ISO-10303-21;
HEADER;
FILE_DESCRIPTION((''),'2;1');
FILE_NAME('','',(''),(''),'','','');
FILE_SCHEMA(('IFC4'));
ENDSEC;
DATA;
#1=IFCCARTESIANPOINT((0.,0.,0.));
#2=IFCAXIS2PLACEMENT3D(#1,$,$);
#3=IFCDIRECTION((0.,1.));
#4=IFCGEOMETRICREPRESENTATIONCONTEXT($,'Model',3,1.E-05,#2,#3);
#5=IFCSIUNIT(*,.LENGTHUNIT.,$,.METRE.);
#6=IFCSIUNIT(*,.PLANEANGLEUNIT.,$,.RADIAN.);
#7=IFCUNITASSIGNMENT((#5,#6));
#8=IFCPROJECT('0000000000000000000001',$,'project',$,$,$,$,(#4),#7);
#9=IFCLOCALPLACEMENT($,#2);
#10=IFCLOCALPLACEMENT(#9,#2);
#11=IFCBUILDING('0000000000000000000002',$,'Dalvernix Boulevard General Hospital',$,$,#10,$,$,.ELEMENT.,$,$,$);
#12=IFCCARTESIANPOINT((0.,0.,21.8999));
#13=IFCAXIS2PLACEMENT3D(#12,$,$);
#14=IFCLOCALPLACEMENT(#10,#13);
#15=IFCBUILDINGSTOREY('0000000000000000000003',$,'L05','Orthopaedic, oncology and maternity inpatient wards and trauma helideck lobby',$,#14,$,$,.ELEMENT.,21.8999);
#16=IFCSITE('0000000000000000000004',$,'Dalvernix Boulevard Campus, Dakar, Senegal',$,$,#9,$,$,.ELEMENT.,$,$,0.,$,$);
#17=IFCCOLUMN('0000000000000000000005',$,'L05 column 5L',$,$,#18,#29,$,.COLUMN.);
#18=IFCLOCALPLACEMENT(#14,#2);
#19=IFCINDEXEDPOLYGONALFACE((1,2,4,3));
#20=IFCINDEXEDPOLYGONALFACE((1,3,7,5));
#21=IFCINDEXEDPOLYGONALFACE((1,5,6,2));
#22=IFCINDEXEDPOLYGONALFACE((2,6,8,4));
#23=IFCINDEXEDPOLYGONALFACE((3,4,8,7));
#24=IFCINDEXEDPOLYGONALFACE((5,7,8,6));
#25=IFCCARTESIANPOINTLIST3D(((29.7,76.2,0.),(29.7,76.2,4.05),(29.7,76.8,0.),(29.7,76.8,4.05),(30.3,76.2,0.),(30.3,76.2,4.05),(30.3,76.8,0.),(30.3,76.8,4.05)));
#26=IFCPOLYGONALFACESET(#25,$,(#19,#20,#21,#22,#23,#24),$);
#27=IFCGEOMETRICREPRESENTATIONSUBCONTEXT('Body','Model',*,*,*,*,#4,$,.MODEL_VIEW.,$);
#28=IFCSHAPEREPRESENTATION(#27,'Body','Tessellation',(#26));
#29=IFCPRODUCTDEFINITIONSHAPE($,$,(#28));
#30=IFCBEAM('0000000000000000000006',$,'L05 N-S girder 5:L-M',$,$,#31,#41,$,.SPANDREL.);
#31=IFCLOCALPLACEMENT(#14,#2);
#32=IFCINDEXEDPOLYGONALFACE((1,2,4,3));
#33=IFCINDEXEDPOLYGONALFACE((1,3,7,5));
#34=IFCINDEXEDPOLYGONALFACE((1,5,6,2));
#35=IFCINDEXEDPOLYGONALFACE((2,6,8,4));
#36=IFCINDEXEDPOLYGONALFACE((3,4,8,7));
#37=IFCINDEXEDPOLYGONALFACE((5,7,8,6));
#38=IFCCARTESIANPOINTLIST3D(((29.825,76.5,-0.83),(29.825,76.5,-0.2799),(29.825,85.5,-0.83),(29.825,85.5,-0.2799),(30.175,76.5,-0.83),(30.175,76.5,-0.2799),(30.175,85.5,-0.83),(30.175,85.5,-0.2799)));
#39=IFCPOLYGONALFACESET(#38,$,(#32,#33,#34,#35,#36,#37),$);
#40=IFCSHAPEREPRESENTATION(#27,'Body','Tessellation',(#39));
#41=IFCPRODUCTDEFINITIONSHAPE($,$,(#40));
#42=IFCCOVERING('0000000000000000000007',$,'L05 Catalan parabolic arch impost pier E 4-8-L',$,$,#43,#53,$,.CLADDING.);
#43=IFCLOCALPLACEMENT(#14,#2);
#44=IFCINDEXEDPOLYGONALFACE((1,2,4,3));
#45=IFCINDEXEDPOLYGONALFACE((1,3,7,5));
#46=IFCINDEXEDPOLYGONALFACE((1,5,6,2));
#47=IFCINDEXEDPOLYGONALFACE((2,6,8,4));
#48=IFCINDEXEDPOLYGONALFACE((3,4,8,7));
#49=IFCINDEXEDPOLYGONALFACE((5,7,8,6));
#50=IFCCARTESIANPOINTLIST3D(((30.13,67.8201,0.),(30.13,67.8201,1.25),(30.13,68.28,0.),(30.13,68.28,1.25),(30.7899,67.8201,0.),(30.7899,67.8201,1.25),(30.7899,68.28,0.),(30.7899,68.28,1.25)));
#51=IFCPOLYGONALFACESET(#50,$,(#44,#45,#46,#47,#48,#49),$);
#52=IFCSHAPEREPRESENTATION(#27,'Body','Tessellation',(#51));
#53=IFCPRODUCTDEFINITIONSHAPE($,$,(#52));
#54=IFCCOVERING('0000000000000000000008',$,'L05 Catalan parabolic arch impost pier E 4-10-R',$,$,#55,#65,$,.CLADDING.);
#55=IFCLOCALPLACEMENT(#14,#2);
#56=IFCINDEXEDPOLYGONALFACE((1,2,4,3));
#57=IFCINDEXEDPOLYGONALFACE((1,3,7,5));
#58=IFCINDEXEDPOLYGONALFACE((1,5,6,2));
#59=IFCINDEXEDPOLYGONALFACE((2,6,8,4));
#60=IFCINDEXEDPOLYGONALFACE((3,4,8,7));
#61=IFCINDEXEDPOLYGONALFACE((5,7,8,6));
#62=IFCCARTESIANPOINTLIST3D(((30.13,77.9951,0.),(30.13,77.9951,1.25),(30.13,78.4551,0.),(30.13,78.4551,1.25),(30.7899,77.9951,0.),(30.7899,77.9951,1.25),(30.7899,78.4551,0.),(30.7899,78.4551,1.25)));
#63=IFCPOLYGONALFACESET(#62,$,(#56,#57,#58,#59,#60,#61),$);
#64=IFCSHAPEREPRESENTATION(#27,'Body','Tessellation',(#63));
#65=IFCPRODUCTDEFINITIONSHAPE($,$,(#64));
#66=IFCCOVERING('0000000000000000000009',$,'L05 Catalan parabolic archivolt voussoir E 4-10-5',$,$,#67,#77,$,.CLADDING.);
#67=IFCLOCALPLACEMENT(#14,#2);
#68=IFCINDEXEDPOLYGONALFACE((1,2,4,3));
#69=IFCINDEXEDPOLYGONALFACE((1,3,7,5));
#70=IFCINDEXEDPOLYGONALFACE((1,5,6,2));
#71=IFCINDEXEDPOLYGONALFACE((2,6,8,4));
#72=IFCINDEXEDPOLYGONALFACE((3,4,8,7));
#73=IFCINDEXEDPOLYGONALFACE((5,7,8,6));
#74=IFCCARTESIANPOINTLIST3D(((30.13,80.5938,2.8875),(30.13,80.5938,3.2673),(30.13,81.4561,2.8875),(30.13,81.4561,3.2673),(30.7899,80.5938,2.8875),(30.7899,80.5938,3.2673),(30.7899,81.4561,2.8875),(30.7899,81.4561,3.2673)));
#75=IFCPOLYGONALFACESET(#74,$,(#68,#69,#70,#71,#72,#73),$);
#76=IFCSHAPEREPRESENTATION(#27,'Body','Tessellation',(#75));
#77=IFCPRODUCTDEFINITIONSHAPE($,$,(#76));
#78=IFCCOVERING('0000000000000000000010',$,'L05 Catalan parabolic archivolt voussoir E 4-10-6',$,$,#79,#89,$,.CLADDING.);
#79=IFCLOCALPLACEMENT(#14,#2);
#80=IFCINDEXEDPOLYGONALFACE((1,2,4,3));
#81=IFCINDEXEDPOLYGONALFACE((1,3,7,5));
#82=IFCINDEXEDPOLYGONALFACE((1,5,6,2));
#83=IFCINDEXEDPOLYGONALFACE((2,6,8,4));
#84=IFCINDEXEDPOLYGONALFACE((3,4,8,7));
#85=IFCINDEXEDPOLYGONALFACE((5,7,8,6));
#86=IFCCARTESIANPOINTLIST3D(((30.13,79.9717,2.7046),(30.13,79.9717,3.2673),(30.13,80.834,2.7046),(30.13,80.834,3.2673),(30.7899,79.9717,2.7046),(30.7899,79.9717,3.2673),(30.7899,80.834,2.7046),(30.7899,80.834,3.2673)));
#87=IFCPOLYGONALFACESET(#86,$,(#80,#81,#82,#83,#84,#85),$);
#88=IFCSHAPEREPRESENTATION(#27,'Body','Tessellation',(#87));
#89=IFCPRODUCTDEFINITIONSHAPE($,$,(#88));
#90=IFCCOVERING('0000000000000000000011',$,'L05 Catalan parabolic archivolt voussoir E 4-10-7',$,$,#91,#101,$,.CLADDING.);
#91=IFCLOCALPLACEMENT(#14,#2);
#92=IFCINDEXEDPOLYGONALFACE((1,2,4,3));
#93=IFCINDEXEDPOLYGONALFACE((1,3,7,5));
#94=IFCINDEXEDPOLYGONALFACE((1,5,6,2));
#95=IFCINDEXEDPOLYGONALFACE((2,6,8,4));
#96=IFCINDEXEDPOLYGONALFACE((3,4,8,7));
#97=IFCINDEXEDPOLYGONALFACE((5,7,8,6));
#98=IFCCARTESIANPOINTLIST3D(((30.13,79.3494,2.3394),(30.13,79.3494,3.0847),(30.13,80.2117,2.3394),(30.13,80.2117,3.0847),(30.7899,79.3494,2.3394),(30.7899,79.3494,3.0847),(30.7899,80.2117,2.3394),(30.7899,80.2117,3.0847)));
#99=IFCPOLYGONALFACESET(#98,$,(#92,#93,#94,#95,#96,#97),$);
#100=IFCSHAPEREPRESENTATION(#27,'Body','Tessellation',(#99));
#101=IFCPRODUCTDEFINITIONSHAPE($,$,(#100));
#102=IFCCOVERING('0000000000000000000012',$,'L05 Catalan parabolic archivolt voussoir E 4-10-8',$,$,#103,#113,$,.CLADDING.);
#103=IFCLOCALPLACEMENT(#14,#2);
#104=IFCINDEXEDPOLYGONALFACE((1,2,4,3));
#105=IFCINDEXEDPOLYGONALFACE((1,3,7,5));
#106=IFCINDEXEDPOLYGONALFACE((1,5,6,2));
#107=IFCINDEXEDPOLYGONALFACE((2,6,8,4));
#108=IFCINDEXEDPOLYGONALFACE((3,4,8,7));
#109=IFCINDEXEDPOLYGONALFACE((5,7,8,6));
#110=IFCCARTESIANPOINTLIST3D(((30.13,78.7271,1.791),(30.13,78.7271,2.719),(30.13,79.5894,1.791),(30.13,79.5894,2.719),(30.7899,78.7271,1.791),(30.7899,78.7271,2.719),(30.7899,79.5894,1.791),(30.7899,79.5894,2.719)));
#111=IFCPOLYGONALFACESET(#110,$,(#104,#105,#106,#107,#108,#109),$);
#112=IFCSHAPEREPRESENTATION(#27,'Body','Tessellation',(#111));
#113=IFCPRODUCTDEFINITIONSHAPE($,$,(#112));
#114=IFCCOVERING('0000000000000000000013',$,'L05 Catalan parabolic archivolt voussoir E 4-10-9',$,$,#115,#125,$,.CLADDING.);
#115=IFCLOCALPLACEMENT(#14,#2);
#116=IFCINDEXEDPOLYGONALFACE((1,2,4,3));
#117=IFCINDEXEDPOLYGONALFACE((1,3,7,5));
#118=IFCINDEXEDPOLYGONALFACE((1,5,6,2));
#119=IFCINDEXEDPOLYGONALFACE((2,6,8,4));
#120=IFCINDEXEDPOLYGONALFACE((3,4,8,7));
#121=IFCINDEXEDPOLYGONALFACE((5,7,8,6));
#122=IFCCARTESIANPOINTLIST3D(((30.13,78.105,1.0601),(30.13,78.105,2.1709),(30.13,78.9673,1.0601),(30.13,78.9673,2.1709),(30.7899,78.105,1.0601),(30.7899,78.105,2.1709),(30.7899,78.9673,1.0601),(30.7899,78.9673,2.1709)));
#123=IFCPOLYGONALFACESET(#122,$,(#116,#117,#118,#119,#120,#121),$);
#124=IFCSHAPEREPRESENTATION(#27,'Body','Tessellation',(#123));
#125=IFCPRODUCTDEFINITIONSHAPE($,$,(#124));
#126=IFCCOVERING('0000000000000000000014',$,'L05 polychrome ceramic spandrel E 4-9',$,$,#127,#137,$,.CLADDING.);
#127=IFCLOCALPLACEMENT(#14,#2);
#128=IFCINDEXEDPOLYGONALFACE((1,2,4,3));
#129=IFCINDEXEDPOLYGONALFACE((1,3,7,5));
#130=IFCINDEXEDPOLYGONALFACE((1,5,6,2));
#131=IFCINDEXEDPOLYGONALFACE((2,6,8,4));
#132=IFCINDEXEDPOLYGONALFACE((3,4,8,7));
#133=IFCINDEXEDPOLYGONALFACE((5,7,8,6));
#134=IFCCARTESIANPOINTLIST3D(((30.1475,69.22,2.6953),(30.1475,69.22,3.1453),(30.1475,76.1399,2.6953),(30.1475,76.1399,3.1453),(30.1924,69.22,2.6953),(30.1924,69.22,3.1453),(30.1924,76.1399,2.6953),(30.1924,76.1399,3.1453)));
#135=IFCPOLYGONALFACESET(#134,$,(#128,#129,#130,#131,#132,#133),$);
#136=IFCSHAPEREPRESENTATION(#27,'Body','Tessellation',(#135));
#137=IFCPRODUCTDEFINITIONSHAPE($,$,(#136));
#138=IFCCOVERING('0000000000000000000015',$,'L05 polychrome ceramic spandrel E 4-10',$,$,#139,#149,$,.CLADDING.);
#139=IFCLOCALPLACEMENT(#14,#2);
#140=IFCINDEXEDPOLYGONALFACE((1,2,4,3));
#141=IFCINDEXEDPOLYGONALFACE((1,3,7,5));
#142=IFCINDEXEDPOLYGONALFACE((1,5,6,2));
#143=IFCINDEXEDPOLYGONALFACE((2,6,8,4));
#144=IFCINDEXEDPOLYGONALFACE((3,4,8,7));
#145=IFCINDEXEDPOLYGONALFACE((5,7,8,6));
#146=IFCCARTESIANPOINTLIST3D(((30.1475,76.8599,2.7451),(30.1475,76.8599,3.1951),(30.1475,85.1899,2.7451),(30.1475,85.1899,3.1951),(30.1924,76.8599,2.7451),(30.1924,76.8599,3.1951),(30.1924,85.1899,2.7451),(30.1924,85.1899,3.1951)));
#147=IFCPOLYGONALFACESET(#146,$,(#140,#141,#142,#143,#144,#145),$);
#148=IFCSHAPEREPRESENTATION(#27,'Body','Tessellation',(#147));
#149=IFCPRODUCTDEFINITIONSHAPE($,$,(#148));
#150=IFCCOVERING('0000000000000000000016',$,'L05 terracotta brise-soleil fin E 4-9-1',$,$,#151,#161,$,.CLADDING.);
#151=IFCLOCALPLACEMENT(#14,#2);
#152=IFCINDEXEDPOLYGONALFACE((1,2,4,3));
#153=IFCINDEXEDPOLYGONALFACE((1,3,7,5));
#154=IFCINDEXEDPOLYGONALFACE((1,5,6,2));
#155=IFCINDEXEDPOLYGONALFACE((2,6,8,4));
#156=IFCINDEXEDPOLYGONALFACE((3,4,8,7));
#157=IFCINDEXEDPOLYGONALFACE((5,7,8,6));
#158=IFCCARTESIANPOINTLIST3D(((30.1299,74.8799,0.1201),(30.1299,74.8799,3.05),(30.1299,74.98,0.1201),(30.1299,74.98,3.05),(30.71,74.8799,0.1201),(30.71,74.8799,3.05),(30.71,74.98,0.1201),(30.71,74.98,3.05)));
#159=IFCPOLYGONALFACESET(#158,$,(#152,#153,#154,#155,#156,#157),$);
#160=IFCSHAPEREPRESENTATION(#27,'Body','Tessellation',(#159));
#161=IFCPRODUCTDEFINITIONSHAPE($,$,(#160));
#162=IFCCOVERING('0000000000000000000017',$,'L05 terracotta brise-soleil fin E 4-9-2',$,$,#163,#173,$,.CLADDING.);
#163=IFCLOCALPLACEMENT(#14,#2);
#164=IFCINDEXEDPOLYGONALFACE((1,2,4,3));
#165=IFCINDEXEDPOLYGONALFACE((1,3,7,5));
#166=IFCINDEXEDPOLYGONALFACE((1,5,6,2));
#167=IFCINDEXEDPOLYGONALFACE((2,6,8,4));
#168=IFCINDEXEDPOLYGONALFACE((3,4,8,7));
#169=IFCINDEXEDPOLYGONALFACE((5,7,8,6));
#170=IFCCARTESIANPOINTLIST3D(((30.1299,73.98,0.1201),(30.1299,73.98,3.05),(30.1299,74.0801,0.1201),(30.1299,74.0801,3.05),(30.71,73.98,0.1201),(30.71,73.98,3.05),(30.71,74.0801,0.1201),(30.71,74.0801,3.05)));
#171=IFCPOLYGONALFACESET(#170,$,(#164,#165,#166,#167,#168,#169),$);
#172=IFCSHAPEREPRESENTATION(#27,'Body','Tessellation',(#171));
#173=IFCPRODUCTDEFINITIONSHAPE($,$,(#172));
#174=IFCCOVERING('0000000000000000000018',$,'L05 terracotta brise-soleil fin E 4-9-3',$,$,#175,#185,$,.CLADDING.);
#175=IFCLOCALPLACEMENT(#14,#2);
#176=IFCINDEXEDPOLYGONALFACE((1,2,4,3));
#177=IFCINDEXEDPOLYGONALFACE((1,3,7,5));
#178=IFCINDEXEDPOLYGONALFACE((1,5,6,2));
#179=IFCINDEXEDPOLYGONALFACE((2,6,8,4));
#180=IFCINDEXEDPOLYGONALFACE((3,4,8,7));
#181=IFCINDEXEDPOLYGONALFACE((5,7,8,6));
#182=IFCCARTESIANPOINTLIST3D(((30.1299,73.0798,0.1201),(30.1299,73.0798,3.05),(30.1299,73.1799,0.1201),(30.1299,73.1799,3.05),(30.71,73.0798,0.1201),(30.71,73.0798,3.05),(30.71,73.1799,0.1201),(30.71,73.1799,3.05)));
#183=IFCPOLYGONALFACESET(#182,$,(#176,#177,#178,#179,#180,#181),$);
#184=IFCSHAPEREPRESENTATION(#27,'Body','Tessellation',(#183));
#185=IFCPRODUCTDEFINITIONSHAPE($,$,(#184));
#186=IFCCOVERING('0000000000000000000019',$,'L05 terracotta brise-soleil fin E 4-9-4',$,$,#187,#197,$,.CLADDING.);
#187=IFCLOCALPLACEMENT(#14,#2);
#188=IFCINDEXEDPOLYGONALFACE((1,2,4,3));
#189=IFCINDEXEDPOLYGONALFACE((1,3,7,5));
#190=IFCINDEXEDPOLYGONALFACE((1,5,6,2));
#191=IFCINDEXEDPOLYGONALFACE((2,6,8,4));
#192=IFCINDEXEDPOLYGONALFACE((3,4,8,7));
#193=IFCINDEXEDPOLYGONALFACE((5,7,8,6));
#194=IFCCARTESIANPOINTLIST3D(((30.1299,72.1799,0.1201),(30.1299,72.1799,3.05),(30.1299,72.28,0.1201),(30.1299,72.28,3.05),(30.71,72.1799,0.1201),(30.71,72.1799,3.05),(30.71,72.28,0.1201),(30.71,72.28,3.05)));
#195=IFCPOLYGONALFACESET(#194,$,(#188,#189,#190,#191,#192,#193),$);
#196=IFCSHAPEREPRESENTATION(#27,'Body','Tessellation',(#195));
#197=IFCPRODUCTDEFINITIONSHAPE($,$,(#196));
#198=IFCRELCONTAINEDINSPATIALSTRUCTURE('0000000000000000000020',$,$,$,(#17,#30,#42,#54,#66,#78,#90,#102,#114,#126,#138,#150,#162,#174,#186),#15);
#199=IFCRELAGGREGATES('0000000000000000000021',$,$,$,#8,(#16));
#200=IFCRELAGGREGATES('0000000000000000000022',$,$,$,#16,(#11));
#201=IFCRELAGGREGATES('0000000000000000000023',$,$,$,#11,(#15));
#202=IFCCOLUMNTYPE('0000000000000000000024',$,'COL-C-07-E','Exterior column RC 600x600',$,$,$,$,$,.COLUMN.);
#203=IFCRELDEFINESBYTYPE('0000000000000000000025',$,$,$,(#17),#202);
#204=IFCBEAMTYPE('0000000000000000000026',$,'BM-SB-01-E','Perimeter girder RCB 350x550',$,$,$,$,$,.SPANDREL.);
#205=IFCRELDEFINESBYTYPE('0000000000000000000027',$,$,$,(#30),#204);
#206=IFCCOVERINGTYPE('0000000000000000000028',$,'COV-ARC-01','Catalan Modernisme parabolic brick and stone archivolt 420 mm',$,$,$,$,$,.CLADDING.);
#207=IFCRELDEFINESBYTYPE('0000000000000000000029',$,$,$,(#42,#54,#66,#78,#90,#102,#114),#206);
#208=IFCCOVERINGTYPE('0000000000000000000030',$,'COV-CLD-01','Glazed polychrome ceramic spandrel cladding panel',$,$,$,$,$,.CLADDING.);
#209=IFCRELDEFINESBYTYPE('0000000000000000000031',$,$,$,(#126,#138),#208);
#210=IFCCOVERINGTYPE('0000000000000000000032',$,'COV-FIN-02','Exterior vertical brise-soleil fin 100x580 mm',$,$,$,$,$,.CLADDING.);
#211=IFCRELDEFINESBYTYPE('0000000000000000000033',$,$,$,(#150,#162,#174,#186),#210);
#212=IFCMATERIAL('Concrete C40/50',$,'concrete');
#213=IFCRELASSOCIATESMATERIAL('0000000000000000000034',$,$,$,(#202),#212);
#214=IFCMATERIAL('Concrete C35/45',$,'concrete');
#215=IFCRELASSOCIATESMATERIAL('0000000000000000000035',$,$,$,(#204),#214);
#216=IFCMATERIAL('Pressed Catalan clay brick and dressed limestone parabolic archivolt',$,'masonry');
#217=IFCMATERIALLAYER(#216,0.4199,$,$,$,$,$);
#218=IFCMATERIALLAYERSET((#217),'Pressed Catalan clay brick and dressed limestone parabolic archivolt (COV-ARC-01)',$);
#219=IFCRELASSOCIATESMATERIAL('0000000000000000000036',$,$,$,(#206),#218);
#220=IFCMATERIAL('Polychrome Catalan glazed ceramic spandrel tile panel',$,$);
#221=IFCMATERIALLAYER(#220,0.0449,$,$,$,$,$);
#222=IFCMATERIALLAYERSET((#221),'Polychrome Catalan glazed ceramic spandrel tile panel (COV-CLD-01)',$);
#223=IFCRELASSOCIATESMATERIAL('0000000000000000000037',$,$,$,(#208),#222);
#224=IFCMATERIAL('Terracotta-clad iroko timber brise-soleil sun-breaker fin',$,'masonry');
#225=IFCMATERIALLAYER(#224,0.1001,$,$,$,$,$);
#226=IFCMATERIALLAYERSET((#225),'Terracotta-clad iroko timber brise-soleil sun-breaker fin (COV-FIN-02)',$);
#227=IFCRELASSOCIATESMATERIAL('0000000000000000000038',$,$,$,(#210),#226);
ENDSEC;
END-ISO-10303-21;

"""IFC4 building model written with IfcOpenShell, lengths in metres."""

from ifc_helpers import new_model, si_unit, direction, frame, origin, origin_2d, place, context, subcontext, project, spatial, rectangle, extrude, material, layer, layer_set, material_profile, profile_set, type_object, element, save


model = new_model("IFC4")

# Units and contexts
model_context = context("Model", 3, precision=1e-05, world=origin(), true_north=direction((0.0, 1.0)))
body_context = subcontext(model_context, "Body", "Model", "MODEL_VIEW")
ifc_project = project(units=[si_unit("LENGTHUNIT", "METRE"), si_unit("PLANEANGLEUNIT", "RADIAN")], contexts=[model_context])

# Site, building, storey
site_placement = place(None, origin())
site = spatial("IfcSite", under=ifc_project, at=site_placement, Name="Dalvernix Boulevard Campus, Dakar, Senegal", CompositionType="ELEMENT", RefElevation=0.0)
building_placement = place(site_placement, origin())
building = spatial("IfcBuilding", under=site, at=building_placement, Name="Dalvernix Boulevard General Hospital", CompositionType="ELEMENT")
storey_placement = place(building_placement, frame((0.0, 0.0, 21.8999)))
storey = spatial("IfcBuildingStorey", under=building, at=storey_placement, Name="L05", Description="Orthopaedic, oncology and maternity inpatient wards and trauma helideck lobby", CompositionType="ELEMENT", Elevation=21.8999)

# Column
ifc_material_1 = material(Name="Concrete C40/50", Category="concrete")
ifc_material_profile_1 = material_profile(ifc_material_1, rectangle(XDim=0.6001, YDim=0.6001, at=origin_2d()), Name="RC 600x600")
ifc_profile_set_1 = profile_set([ifc_material_profile_1], Name="Concrete C40/50")
column_type = type_object("IfcColumnType", Name="COL-C-07-E", Description="Exterior column RC 600x600", PredefinedType="COLUMN", material=ifc_profile_set_1)
column_placement = place(storey_placement, frame((30.0, 76.5, 0.0), z_axis=(0.0, 0.0, 1.0), x_axis=(1.0, 0.0, 0.0)))
element("IfcColumn", 1, at=column_placement, inside=storey, type_object=column_type, Name="L05 column 5L", PredefinedType="COLUMN", context=body_context, shape_type="SweptSolid", body=[
    extrude(rectangle(XDim=0.6001, YDim=0.6001, at=origin_2d()), origin(), (0.0, 0.0, 1.0), 4.05),
])

# Beam
ifc_material_2 = material(Name="Concrete C35/45", Category="concrete")
ifc_material_profile_2 = material_profile(ifc_material_2, rectangle(XDim=0.3501, YDim=0.55, at=origin_2d()), Name="RCB 350x550")
ifc_profile_set_2 = profile_set([ifc_material_profile_2], Name="Concrete C35/45")
beam_type = type_object("IfcBeamType", Name="BM-SB-01-E", Description="Perimeter girder RCB 350x550", PredefinedType="SPANDREL", material=ifc_profile_set_2)
beam_placement = place(storey_placement, frame((30.0, 76.5, -0.5549), z_axis=(0.0, 1.0, 0.0), x_axis=(-1.0, 0.0, 0.0)))
element("IfcBeam", 2, at=beam_placement, inside=storey, type_object=beam_type, Name="L05 N-S girder 5:L-M", PredefinedType="SPANDREL", context=body_context, shape_type="SweptSolid", body=[
    extrude(rectangle(XDim=0.3501, YDim=0.55, at=origin_2d()), origin(), (0.0, 0.0, 1.0), 9.0),
])

# Coverings
ifc_material_3 = material(Name="Pressed Catalan clay brick and dressed limestone parabolic archivolt", Category="masonry")
ifc_layer_1 = layer(ifc_material_3, 0.4199)
ifc_layer_set_1 = layer_set([ifc_layer_1], Name="Pressed Catalan clay brick and dressed limestone parabolic archivolt (COV-ARC-01)")
covering_type_1 = type_object("IfcCoveringType", Name="COV-ARC-01", Description="Catalan Modernisme parabolic brick and stone archivolt 420 mm", PredefinedType="CLADDING", material=ifc_layer_set_1)
for number, where, z_axis, x_axis, name in (
    (3, (30.46, 68.05, 0.0), (0.0, 0.0, 1.0), (0.0, -1.0, 0.0), "L05 Catalan parabolic arch impost pier E 4-8-L"),
    (4, (30.46, 78.2251, 0.0), (0.0, 0.0, 1.0), (0.0, -1.0, 0.0), "L05 Catalan parabolic arch impost pier E 4-10-R"),
):
    element("IfcCovering", number, at=place(storey_placement, frame(where, z_axis=z_axis, x_axis=x_axis)), inside=storey, type_object=covering_type_1, Name=name, PredefinedType="CLADDING", context=body_context, shape_type="SweptSolid", body=[
        extrude(rectangle(XDim=0.46, YDim=0.6599, at=origin_2d()), origin(), (0.0, 0.0, 1.0), 1.25),
    ])
covering_1_placement = place(storey_placement, frame((30.46, 81.0249, 2.8875), z_axis=(0.0, 0.0, 1.0), x_axis=(0.0, -1.0, 0.0)))
element("IfcCovering", 5, at=covering_1_placement, inside=storey, type_object=covering_type_1, Name="L05 Catalan parabolic archivolt voussoir E 4-10-5", PredefinedType="CLADDING", context=body_context, shape_type="SweptSolid", body=[
    extrude(rectangle(XDim=0.8623, YDim=0.6599, at=origin_2d()), origin(), (0.0, 0.0, 1.0), 0.3799),
])
covering_2_placement = place(storey_placement, frame((30.46, 80.4028, 2.7046), z_axis=(0.0, 0.0, 1.0), x_axis=(0.0, -1.0, 0.0)))
element("IfcCovering", 6, at=covering_2_placement, inside=storey, type_object=covering_type_1, Name="L05 Catalan parabolic archivolt voussoir E 4-10-6", PredefinedType="CLADDING", context=body_context, shape_type="SweptSolid", body=[
    extrude(rectangle(XDim=0.8623, YDim=0.6599, at=origin_2d()), origin(), (0.0, 0.0, 1.0), 0.5627),
])
covering_3_placement = place(storey_placement, frame((30.46, 79.7805, 2.3394), z_axis=(0.0, 0.0, 1.0), x_axis=(0.0, -1.0, 0.0)))
element("IfcCovering", 7, at=covering_3_placement, inside=storey, type_object=covering_type_1, Name="L05 Catalan parabolic archivolt voussoir E 4-10-7", PredefinedType="CLADDING", context=body_context, shape_type="SweptSolid", body=[
    extrude(rectangle(XDim=0.8623, YDim=0.6599, at=origin_2d()), origin(), (0.0, 0.0, 1.0), 0.7454),
])
covering_4_placement = place(storey_placement, frame((30.46, 79.1582, 1.791), z_axis=(0.0, 0.0, 1.0), x_axis=(0.0, -1.0, 0.0)))
element("IfcCovering", 8, at=covering_4_placement, inside=storey, type_object=covering_type_1, Name="L05 Catalan parabolic archivolt voussoir E 4-10-8", PredefinedType="CLADDING", context=body_context, shape_type="SweptSolid", body=[
    extrude(rectangle(XDim=0.8623, YDim=0.6599, at=origin_2d()), origin(), (0.0, 0.0, 1.0), 0.928),
])
covering_5_placement = place(storey_placement, frame((30.46, 78.5361, 1.0601), z_axis=(0.0, 0.0, 1.0), x_axis=(0.0, -1.0, 0.0)))
element("IfcCovering", 9, at=covering_5_placement, inside=storey, type_object=covering_type_1, Name="L05 Catalan parabolic archivolt voussoir E 4-10-9", PredefinedType="CLADDING", context=body_context, shape_type="SweptSolid", body=[
    extrude(rectangle(XDim=0.8623, YDim=0.6599, at=origin_2d()), origin(), (0.0, 0.0, 1.0), 1.1108),
])
ifc_material_4 = material(Name="Polychrome Catalan glazed ceramic spandrel tile panel")
ifc_layer_2 = layer(ifc_material_4, 0.0449)
ifc_layer_set_2 = layer_set([ifc_layer_2], Name="Polychrome Catalan glazed ceramic spandrel tile panel (COV-CLD-01)")
covering_type_2 = type_object("IfcCoveringType", Name="COV-CLD-01", Description="Glazed polychrome ceramic spandrel cladding panel", PredefinedType="CLADDING", material=ifc_layer_set_2)
covering_6_placement = place(storey_placement, frame((30.1699, 72.6799, 2.6953), z_axis=(0.0, 0.0, 1.0), x_axis=(0.0, -1.0, 0.0)))
element("IfcCovering", 10, at=covering_6_placement, inside=storey, type_object=covering_type_2, Name="L05 polychrome ceramic spandrel E 4-9", PredefinedType="CLADDING", context=body_context, shape_type="SweptSolid", body=[
    extrude(rectangle(XDim=6.9199, YDim=0.0449, at=origin_2d()), origin(), (0.0, 0.0, 1.0), 0.45),
])
covering_7_placement = place(storey_placement, frame((30.1699, 81.0249, 2.7451), z_axis=(0.0, 0.0, 1.0), x_axis=(0.0, -1.0, 0.0)))
element("IfcCovering", 11, at=covering_7_placement, inside=storey, type_object=covering_type_2, Name="L05 polychrome ceramic spandrel E 4-10", PredefinedType="CLADDING", context=body_context, shape_type="SweptSolid", body=[
    extrude(rectangle(XDim=8.3301, YDim=0.0449, at=origin_2d()), origin(), (0.0, 0.0, 1.0), 0.45),
])
ifc_material_5 = material(Name="Terracotta-clad iroko timber brise-soleil sun-breaker fin", Category="masonry")
ifc_layer_3 = layer(ifc_material_5, 0.1001)
ifc_layer_set_3 = layer_set([ifc_layer_3], Name="Terracotta-clad iroko timber brise-soleil sun-breaker fin (COV-FIN-02)")
covering_type_3 = type_object("IfcCoveringType", Name="COV-FIN-02", Description="Exterior vertical brise-soleil fin 100x580 mm", PredefinedType="CLADDING", material=ifc_layer_set_3)
for number, where, z_axis, x_axis, name in (
    (12, (30.4199, 74.9299, 0.1201), (0.0, 0.0, 1.0), (0.0, -1.0, 0.0), "L05 terracotta brise-soleil fin E 4-9-1"),
    (13, (30.4199, 74.03, 0.1201), (0.0, 0.0, 1.0), (0.0, -1.0, 0.0), "L05 terracotta brise-soleil fin E 4-9-2"),
    (14, (30.4199, 73.1299, 0.1201), (0.0, 0.0, 1.0), (0.0, -1.0, 0.0), "L05 terracotta brise-soleil fin E 4-9-3"),
    (15, (30.4199, 72.23, 0.1201), (0.0, 0.0, 1.0), (0.0, -1.0, 0.0), "L05 terracotta brise-soleil fin E 4-9-4"),
):
    element("IfcCovering", number, at=place(storey_placement, frame(where, z_axis=z_axis, x_axis=x_axis)), inside=storey, type_object=covering_type_3, Name=name, PredefinedType="CLADDING", context=body_context, shape_type="SweptSolid", body=[
        extrude(rectangle(XDim=0.1001, YDim=0.5801, at=origin_2d()), origin(), (0.0, 0.0, 1.0), 2.9299),
    ])

save(model, "model.ifc")
